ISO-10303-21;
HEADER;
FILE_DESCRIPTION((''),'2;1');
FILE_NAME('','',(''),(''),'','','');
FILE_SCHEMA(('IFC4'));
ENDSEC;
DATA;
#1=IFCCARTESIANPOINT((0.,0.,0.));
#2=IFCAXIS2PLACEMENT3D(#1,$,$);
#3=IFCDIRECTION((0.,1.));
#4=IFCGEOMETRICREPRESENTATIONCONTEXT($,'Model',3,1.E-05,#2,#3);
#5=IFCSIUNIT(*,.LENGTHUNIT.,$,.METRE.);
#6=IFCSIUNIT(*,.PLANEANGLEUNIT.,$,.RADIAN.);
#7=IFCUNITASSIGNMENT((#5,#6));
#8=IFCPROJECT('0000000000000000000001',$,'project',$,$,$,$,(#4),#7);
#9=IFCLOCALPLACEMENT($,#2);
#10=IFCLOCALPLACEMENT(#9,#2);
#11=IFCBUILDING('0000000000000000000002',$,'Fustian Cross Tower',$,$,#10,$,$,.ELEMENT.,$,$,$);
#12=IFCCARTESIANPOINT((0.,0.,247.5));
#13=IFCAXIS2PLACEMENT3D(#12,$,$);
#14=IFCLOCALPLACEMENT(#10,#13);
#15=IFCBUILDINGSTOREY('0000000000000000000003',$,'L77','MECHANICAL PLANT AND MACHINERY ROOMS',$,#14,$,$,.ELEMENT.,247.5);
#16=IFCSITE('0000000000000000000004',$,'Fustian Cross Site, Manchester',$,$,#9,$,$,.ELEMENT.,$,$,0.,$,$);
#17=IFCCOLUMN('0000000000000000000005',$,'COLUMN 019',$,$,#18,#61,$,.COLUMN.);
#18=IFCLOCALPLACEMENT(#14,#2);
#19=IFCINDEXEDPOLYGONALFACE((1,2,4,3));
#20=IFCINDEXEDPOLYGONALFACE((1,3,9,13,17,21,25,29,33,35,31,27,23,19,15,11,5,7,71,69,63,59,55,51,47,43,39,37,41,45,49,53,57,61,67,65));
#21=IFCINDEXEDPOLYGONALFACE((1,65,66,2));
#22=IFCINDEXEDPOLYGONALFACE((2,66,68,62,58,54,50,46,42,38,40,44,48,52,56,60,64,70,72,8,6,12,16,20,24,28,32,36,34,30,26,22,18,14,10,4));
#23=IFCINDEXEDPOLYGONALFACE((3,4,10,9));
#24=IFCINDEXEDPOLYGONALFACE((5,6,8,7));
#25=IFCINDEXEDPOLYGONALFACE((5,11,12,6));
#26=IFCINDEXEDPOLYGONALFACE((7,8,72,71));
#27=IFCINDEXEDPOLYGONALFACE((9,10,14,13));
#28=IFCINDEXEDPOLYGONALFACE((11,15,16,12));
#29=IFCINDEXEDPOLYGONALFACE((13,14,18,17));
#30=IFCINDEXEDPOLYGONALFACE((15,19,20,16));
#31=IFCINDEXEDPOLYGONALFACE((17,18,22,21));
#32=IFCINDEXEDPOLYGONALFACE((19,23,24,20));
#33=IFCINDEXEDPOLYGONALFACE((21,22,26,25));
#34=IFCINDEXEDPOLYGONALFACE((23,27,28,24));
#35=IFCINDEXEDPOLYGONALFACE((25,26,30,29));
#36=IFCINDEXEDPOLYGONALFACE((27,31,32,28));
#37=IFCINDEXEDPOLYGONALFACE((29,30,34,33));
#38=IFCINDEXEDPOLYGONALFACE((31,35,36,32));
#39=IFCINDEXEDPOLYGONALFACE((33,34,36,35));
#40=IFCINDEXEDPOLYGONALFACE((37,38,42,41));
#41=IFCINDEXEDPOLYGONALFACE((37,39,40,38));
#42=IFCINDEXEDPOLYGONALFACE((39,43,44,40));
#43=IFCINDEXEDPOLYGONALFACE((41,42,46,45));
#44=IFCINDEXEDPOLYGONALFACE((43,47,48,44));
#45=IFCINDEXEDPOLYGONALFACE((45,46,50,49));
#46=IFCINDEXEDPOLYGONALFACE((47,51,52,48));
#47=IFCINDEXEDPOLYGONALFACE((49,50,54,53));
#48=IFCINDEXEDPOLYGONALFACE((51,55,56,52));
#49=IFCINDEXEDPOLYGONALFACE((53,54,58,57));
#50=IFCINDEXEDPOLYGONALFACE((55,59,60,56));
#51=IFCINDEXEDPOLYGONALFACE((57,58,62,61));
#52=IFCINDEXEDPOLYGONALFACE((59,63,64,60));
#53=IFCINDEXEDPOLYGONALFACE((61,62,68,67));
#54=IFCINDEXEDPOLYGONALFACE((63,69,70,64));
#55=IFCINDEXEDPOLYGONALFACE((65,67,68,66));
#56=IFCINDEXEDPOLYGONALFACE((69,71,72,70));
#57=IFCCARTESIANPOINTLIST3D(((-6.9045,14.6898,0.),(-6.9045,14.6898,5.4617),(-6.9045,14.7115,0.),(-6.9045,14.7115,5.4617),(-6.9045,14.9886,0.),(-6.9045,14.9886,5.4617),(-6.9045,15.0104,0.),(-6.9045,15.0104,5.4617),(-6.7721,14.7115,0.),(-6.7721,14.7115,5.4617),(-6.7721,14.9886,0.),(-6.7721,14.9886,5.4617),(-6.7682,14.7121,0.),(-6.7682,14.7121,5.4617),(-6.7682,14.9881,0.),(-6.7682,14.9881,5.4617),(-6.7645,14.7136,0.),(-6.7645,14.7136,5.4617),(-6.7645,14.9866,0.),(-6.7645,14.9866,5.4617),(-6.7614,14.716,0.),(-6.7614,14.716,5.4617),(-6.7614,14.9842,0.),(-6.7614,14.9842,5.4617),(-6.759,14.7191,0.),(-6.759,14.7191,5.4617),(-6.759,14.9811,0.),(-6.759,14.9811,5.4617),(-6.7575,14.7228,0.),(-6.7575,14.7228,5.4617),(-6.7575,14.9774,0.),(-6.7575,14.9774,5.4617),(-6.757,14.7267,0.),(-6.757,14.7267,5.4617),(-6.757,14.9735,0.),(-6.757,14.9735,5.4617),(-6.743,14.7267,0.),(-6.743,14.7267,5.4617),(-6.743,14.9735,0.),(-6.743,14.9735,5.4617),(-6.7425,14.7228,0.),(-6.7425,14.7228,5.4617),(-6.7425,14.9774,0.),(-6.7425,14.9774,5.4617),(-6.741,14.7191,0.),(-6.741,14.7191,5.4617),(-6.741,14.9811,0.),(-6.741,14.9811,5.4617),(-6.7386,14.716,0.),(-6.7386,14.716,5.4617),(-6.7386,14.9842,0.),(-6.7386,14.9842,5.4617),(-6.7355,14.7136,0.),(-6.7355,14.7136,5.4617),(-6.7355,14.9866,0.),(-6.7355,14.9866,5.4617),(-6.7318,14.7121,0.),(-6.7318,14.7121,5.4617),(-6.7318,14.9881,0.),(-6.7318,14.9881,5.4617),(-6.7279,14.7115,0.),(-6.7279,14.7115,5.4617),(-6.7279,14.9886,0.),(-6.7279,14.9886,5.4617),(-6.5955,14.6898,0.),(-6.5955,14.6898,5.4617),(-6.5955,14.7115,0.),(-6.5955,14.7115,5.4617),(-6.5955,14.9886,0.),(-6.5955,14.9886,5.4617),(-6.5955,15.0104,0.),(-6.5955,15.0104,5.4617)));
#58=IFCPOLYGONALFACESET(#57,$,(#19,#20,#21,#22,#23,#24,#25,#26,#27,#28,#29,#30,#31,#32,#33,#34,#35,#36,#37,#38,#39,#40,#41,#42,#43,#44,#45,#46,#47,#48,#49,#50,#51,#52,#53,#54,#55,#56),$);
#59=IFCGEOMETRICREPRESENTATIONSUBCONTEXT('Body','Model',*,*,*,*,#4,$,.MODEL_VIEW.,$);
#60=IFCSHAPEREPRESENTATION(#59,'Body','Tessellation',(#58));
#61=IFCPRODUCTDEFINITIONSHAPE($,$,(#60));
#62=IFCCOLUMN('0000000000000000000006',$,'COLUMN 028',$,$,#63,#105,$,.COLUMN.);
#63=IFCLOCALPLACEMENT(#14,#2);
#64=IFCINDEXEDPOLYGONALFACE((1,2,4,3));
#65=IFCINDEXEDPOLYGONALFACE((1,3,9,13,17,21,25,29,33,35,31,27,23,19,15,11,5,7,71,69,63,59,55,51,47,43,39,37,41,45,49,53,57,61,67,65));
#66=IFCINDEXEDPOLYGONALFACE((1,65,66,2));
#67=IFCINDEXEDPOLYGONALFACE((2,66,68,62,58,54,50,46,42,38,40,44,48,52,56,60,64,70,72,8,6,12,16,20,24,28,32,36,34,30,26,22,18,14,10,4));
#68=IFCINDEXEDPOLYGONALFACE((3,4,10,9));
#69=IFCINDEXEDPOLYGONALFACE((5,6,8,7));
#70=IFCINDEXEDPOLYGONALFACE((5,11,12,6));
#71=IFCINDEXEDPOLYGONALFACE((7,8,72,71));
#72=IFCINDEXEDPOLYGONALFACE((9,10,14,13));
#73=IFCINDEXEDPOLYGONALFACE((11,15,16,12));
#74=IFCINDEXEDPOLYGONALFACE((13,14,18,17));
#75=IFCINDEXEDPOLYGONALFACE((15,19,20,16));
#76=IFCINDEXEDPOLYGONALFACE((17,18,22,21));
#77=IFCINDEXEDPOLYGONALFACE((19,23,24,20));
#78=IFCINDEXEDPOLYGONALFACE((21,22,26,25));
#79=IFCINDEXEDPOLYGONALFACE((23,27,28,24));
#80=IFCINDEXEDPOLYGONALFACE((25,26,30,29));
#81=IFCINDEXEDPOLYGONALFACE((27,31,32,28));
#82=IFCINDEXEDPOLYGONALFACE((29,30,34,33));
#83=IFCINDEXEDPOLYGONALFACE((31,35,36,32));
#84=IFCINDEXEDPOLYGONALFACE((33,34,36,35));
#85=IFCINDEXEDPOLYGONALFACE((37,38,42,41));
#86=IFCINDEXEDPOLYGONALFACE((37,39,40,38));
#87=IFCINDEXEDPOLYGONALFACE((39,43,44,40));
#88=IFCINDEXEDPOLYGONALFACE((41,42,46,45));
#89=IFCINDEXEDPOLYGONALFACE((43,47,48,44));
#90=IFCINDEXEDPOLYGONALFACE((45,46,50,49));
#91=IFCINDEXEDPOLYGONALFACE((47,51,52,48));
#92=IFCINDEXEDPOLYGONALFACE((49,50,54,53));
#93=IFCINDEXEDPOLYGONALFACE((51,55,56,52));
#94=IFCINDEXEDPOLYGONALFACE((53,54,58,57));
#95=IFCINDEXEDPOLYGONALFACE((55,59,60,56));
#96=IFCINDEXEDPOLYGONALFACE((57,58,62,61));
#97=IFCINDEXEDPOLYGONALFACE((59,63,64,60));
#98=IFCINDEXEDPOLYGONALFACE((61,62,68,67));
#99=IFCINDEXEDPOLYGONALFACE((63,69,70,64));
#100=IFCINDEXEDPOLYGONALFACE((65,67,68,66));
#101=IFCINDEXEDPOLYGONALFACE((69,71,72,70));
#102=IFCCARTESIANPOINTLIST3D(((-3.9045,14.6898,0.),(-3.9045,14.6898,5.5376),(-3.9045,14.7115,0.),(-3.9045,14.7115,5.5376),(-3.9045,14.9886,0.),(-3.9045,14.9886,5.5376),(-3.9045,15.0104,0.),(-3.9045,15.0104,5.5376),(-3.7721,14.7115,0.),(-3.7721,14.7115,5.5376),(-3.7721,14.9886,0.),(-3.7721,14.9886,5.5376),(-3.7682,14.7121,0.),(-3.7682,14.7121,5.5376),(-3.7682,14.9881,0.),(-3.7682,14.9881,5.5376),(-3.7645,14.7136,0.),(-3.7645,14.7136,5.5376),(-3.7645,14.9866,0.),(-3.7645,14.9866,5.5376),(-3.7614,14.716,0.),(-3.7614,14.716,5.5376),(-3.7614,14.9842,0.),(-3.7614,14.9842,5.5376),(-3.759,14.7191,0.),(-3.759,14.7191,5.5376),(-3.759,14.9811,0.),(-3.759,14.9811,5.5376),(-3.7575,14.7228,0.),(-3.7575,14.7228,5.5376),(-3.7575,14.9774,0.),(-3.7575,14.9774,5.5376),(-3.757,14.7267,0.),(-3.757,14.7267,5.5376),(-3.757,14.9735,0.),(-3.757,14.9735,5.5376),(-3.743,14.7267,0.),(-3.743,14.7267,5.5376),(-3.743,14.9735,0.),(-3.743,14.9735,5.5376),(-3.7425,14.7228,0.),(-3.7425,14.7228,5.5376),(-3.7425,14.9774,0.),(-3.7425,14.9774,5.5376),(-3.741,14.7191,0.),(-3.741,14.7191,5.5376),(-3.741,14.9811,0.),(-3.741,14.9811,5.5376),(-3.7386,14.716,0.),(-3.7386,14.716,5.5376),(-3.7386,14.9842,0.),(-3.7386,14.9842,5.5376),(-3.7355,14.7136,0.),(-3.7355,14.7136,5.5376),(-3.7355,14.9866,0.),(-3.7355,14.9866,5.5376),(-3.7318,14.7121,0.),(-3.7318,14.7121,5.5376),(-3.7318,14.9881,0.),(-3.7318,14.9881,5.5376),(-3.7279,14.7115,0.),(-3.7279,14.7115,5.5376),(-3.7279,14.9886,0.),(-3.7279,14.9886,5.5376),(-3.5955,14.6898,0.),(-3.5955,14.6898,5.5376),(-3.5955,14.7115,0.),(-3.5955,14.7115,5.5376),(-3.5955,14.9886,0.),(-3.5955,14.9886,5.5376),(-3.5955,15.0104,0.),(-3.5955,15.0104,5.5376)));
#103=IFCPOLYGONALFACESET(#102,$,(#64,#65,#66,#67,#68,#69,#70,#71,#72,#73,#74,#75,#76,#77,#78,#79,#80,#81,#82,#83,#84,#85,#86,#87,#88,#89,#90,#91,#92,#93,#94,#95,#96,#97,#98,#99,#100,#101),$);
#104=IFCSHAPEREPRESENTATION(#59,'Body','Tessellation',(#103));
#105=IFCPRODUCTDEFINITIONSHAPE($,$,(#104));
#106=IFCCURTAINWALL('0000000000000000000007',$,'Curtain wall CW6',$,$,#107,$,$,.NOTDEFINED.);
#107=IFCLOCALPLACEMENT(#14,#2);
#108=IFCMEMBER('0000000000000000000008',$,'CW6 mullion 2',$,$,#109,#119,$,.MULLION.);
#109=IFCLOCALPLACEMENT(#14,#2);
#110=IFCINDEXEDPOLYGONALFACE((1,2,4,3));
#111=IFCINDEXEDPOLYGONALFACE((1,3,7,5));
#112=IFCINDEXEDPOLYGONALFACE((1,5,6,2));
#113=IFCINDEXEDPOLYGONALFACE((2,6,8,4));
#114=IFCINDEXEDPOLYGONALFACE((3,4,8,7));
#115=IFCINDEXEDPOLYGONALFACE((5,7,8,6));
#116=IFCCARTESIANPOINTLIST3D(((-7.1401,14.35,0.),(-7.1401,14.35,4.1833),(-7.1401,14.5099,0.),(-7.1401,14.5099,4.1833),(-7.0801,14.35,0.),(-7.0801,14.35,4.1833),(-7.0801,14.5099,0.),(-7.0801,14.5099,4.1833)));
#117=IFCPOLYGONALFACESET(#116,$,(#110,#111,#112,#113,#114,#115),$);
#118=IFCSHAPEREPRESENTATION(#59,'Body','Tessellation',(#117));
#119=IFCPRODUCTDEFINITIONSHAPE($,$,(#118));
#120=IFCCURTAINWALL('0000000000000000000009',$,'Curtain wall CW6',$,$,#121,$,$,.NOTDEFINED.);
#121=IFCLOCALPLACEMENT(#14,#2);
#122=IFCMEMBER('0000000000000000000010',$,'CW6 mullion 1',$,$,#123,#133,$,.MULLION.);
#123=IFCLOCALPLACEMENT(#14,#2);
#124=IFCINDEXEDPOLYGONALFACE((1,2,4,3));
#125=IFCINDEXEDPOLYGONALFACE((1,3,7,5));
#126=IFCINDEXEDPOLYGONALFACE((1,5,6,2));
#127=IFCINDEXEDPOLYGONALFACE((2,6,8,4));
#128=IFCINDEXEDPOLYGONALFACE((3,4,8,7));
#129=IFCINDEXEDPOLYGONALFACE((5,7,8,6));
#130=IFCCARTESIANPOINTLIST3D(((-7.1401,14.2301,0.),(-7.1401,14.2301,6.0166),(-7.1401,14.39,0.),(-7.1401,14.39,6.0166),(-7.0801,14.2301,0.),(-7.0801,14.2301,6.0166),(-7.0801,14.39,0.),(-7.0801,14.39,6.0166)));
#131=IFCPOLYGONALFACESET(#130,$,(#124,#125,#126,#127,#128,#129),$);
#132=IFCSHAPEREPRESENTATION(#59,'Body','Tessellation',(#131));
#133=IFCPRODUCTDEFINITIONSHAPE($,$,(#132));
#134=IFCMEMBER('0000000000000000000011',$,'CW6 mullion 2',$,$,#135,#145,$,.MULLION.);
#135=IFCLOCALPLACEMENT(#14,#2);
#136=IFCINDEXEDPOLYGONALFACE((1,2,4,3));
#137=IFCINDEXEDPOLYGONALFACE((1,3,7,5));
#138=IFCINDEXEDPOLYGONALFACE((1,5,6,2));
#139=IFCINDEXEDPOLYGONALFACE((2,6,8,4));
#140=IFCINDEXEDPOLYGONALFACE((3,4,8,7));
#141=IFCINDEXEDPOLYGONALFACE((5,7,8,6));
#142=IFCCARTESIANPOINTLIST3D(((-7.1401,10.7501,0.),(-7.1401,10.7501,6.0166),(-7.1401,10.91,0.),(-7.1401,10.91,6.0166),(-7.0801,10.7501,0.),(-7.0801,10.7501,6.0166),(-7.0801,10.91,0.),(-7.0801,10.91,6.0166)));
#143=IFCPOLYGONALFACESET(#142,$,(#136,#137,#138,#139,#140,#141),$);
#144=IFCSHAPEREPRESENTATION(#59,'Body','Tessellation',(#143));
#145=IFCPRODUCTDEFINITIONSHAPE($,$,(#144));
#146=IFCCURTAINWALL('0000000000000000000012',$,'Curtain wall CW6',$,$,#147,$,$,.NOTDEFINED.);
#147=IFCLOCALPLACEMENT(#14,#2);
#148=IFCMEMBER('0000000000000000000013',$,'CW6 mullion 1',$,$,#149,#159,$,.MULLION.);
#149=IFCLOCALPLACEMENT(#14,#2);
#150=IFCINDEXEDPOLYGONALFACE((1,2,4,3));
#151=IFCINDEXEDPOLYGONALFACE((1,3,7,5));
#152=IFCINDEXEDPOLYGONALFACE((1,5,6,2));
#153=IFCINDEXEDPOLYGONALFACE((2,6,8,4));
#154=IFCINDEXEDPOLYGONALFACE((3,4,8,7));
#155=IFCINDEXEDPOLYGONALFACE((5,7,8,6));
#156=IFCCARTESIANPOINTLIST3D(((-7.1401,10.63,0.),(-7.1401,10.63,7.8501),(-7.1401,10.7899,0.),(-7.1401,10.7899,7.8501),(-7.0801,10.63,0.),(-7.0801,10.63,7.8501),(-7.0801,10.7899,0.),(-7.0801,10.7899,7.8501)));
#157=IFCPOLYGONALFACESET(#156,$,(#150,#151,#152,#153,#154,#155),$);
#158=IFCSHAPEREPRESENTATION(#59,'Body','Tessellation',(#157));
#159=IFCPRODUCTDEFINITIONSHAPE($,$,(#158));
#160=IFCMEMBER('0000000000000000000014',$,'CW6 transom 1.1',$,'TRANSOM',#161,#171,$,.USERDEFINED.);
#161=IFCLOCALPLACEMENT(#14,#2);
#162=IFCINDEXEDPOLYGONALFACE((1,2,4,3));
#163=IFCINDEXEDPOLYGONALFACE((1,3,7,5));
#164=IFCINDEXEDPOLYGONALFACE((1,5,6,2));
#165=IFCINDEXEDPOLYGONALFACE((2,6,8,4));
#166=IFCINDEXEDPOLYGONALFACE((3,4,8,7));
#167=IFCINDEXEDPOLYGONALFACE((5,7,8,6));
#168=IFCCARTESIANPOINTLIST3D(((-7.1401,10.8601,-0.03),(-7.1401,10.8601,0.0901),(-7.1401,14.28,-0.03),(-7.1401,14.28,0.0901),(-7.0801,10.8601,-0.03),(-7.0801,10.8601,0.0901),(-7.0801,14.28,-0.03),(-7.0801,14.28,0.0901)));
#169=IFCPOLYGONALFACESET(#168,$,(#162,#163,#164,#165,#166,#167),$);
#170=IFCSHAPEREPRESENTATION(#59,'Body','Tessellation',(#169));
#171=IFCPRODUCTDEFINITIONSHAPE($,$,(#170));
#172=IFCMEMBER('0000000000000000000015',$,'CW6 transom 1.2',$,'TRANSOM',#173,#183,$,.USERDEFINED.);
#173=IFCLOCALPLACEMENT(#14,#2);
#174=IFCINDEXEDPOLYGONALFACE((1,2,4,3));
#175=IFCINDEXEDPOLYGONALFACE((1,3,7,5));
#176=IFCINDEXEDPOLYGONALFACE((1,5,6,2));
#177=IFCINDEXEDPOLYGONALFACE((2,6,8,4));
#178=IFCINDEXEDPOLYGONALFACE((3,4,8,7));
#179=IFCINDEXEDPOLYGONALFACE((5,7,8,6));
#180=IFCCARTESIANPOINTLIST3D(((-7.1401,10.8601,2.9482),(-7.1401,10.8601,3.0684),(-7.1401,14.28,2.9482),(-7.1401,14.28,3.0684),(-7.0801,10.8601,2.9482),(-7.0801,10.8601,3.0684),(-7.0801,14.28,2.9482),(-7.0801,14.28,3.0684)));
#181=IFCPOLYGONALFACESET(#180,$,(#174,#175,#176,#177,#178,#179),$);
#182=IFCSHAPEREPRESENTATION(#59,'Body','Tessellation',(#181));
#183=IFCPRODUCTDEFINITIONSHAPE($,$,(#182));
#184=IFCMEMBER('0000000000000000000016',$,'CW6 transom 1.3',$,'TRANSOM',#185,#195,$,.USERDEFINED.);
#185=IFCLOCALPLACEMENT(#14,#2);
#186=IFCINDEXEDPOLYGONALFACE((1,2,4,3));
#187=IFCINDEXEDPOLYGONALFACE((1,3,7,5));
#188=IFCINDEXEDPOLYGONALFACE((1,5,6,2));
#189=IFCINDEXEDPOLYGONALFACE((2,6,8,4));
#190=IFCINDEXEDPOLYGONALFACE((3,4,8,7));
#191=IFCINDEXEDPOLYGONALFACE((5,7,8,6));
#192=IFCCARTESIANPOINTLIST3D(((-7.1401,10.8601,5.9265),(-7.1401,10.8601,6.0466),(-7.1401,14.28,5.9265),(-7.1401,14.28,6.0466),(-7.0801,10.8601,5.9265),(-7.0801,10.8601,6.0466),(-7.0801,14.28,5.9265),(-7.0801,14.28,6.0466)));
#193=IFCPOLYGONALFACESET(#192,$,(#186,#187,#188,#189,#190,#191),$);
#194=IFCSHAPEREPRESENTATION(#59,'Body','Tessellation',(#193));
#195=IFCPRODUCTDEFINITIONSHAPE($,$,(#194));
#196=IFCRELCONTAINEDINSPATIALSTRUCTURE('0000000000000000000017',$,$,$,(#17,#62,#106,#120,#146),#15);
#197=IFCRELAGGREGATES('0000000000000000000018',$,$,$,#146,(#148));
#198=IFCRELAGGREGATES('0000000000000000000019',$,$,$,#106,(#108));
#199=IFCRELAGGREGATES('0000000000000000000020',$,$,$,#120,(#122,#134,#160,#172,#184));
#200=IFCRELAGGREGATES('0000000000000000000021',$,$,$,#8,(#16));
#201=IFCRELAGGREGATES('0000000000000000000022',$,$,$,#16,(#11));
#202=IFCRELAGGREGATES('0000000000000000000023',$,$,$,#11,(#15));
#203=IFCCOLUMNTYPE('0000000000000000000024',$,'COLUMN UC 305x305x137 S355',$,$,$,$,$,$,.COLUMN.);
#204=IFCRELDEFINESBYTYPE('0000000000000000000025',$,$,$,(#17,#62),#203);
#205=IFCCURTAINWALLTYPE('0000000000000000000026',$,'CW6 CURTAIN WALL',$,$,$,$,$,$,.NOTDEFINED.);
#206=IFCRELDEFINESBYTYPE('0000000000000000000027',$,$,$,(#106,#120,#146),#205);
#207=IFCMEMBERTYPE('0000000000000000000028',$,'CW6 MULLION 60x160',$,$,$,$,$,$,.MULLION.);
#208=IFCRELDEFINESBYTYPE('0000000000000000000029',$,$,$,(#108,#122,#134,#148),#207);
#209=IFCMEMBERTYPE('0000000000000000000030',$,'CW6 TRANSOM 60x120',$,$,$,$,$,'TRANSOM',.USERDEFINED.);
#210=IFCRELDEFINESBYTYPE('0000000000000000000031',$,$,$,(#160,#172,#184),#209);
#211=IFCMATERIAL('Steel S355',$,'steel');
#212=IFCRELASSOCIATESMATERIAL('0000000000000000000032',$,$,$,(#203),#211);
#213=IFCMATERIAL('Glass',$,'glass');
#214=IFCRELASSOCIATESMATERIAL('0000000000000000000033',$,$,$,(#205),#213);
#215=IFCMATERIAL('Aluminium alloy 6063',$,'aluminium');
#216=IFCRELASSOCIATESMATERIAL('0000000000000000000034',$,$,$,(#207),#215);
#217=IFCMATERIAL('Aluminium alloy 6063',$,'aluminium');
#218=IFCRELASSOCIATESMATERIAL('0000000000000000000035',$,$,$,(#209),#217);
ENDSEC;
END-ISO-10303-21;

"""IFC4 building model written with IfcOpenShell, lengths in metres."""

from ifc_helpers import new_model, si_unit, direction, frame, origin, origin_2d, place, context, subcontext, project, spatial, rectangle, i_section, extrude, material, material_profile, profile_set, type_object, element, aggregate, save


model = new_model("IFC4")

# Units and contexts
model_context = context("Model", 3, precision=1e-05, world=origin(), true_north=direction((0.0, 1.0)))
body_context = subcontext(model_context, "Body", "Model", "MODEL_VIEW")
ifc_project = project(units=[si_unit("LENGTHUNIT", "METRE"), si_unit("PLANEANGLEUNIT", "RADIAN")], contexts=[model_context])

# Site, building, storey
site_placement = place(None, origin())
site = spatial("IfcSite", under=ifc_project, at=site_placement, Name="Fustian Cross Site, Manchester", CompositionType="ELEMENT", RefElevation=0.0)
building_placement = place(site_placement, origin())
building = spatial("IfcBuilding", under=site, at=building_placement, Name="Fustian Cross Tower", CompositionType="ELEMENT")
storey_placement = place(building_placement, frame((0.0, 0.0, 247.5)))
storey = spatial("IfcBuildingStorey", under=building, at=storey_placement, Name="L77", Description="MECHANICAL PLANT AND MACHINERY ROOMS", CompositionType="ELEMENT", Elevation=247.5)

# Columns
ifc_material_1 = material(Name="Steel S355", Category="steel")
ifc_material_profile_1 = material_profile(ifc_material_1, i_section(OverallWidth=0.3091, OverallDepth=0.3206, WebThickness=0.0139, FlangeThickness=0.0217, FilletRadius=0.0151, at=origin_2d()), Name="UC 305x305x137")
ifc_profile_set_1 = profile_set([ifc_material_profile_1], Name="Steel S355")
column_type = type_object("IfcColumnType", Name="COLUMN UC 305x305x137 S355", PredefinedType="COLUMN", material=ifc_profile_set_1)
column_1_placement = place(storey_placement, frame((-6.75, 14.8501, 0.0), z_axis=(0.0, 0.0, 1.0), x_axis=(1.0, 0.0, 0.0)))
element("IfcColumn", 1, at=column_1_placement, inside=storey, type_object=column_type, Name="COLUMN 019", PredefinedType="COLUMN", context=body_context, shape_type="SweptSolid", body=[
    extrude(i_section(OverallWidth=0.3091, OverallDepth=0.3206, WebThickness=0.0139, FlangeThickness=0.0217, FilletRadius=0.0151, at=origin_2d()), origin(), (0.0, 0.0, 1.0), 5.4617),
])
column_2_placement = place(storey_placement, frame((-3.75, 14.8501, 0.0), z_axis=(0.0, 0.0, 1.0), x_axis=(1.0, 0.0, 0.0)))
element("IfcColumn", 2, at=column_2_placement, inside=storey, type_object=column_type, Name="COLUMN 028", PredefinedType="COLUMN", context=body_context, shape_type="SweptSolid", body=[
    extrude(i_section(OverallWidth=0.3091, OverallDepth=0.3206, WebThickness=0.0139, FlangeThickness=0.0217, FilletRadius=0.0151, at=origin_2d()), origin(), (0.0, 0.0, 1.0), 5.5376),
])

# Curtain wall, member
ifc_material_2 = material(Name="Glass", Category="glass")
curtain_wall_type = type_object("IfcCurtainWallType", Name="CW6 CURTAIN WALL", PredefinedType="NOTDEFINED", material=ifc_material_2)
curtain_wall_1_placement = place(storey_placement, origin())
curtain_wall_1 = element("IfcCurtainWall", 3, at=curtain_wall_1_placement, inside=storey, type_object=curtain_wall_type, Name="Curtain wall CW6", PredefinedType="NOTDEFINED")
ifc_material_3 = material(Name="Aluminium alloy 6063", Category="aluminium")
ifc_material_profile_2 = material_profile(ifc_material_3, rectangle(XDim=0.0601, YDim=0.1599, at=origin_2d()), Name="CW6 MULLION 60x160")
ifc_profile_set_2 = profile_set([ifc_material_profile_2], Name="Aluminium alloy 6063")
member_type_1 = type_object("IfcMemberType", Name="CW6 MULLION 60x160", PredefinedType="MULLION", material=ifc_profile_set_2)
member_1_placement = place(storey_placement, frame((-7.1101, 14.4299, 0.0), z_axis=(0.0, 0.0, 1.0), x_axis=(1.0, 0.0, 0.0)))
member_1 = element("IfcMember", 4, at=member_1_placement, type_object=member_type_1, Name="CW6 mullion 2", PredefinedType="MULLION", context=body_context, shape_type="SweptSolid", body=[
    extrude(rectangle(XDim=0.0601, YDim=0.1599, at=origin_2d()), origin(), (0.0, 0.0, 1.0), 4.1833),
])

# Curtain wall, members
curtain_wall_2_placement = place(storey_placement, origin())
curtain_wall_2 = element("IfcCurtainWall", 5, at=curtain_wall_2_placement, inside=storey, type_object=curtain_wall_type, Name="Curtain wall CW6", PredefinedType="NOTDEFINED")
member_2_placement = place(storey_placement, frame((-7.1101, 14.3101, 0.0), z_axis=(0.0, 0.0, 1.0), x_axis=(1.0, 0.0, 0.0)))
member_2 = element("IfcMember", 6, at=member_2_placement, type_object=member_type_1, Name="CW6 mullion 1", PredefinedType="MULLION", context=body_context, shape_type="SweptSolid", body=[
    extrude(rectangle(XDim=0.0601, YDim=0.1599, at=origin_2d()), origin(), (0.0, 0.0, 1.0), 6.0166),
])
member_3_placement = place(storey_placement, frame((-7.1101, 10.8301, 0.0), z_axis=(0.0, 0.0, 1.0), x_axis=(1.0, 0.0, 0.0)))
member_3 = element("IfcMember", 7, at=member_3_placement, type_object=member_type_1, Name="CW6 mullion 2", PredefinedType="MULLION", context=body_context, shape_type="SweptSolid", body=[
    extrude(rectangle(XDim=0.0601, YDim=0.1599, at=origin_2d()), origin(), (0.0, 0.0, 1.0), 6.0166),
])

# Curtain wall, member
curtain_wall_3_placement = place(storey_placement, origin())
curtain_wall_3 = element("IfcCurtainWall", 8, at=curtain_wall_3_placement, inside=storey, type_object=curtain_wall_type, Name="Curtain wall CW6", PredefinedType="NOTDEFINED")
member_4_placement = place(storey_placement, frame((-7.1101, 10.71, 0.0), z_axis=(0.0, 0.0, 1.0), x_axis=(1.0, 0.0, 0.0)))
member_4 = element("IfcMember", 9, at=member_4_placement, type_object=member_type_1, Name="CW6 mullion 1", PredefinedType="MULLION", context=body_context, shape_type="SweptSolid", body=[
    extrude(rectangle(XDim=0.0601, YDim=0.1599, at=origin_2d()), origin(), (0.0, 0.0, 1.0), 7.8501),
])
aggregate(curtain_wall_3, [member_4])

# Members
ifc_material_4 = material(Name="Aluminium alloy 6063", Category="aluminium")
ifc_material_profile_3 = material_profile(ifc_material_4, rectangle(XDim=0.0601, YDim=0.1201, at=origin_2d()), Name="CW6 TRANSOM 60x120")
ifc_profile_set_3 = profile_set([ifc_material_profile_3], Name="Aluminium alloy 6063")
member_type_2 = type_object("IfcMemberType", Name="CW6 TRANSOM 60x120", ElementType="TRANSOM", PredefinedType="USERDEFINED", material=ifc_profile_set_3)
member_5_placement = place(storey_placement, frame((-7.1101, 14.28, 0.03), z_axis=(0.0, -1.0, 0.0), x_axis=(1.0, 0.0, 0.0)))
member_5 = element("IfcMember", 10, at=member_5_placement, type_object=member_type_2, Name="CW6 transom 1.1", ObjectType="TRANSOM", PredefinedType="USERDEFINED", context=body_context, shape_type="SweptSolid", body=[
    extrude(rectangle(XDim=0.0601, YDim=0.1201, at=origin_2d()), origin(), (0.0, 0.0, 1.0), 3.4199),
])
member_6_placement = place(storey_placement, frame((-7.1101, 14.28, 3.0083), z_axis=(0.0, -1.0, 0.0), x_axis=(1.0, 0.0, 0.0)))
member_6 = element("IfcMember", 11, at=member_6_placement, type_object=member_type_2, Name="CW6 transom 1.2", ObjectType="TRANSOM", PredefinedType="USERDEFINED", context=body_context, shape_type="SweptSolid", body=[
    extrude(rectangle(XDim=0.0601, YDim=0.1201, at=origin_2d()), origin(), (0.0, 0.0, 1.0), 3.4199),
])
member_7_placement = place(storey_placement, frame((-7.1101, 14.28, 5.9866), z_axis=(0.0, -1.0, 0.0), x_axis=(1.0, 0.0, 0.0)))
member_7 = element("IfcMember", 12, at=member_7_placement, type_object=member_type_2, Name="CW6 transom 1.3", ObjectType="TRANSOM", PredefinedType="USERDEFINED", context=body_context, shape_type="SweptSolid", body=[
    extrude(rectangle(XDim=0.0601, YDim=0.1201, at=origin_2d()), origin(), (0.0, 0.0, 1.0), 3.4199),
])

aggregate(curtain_wall_1, [member_1])
aggregate(curtain_wall_2, [member_2, member_3, member_5, member_6, member_7])

save(model, "model.ifc")
